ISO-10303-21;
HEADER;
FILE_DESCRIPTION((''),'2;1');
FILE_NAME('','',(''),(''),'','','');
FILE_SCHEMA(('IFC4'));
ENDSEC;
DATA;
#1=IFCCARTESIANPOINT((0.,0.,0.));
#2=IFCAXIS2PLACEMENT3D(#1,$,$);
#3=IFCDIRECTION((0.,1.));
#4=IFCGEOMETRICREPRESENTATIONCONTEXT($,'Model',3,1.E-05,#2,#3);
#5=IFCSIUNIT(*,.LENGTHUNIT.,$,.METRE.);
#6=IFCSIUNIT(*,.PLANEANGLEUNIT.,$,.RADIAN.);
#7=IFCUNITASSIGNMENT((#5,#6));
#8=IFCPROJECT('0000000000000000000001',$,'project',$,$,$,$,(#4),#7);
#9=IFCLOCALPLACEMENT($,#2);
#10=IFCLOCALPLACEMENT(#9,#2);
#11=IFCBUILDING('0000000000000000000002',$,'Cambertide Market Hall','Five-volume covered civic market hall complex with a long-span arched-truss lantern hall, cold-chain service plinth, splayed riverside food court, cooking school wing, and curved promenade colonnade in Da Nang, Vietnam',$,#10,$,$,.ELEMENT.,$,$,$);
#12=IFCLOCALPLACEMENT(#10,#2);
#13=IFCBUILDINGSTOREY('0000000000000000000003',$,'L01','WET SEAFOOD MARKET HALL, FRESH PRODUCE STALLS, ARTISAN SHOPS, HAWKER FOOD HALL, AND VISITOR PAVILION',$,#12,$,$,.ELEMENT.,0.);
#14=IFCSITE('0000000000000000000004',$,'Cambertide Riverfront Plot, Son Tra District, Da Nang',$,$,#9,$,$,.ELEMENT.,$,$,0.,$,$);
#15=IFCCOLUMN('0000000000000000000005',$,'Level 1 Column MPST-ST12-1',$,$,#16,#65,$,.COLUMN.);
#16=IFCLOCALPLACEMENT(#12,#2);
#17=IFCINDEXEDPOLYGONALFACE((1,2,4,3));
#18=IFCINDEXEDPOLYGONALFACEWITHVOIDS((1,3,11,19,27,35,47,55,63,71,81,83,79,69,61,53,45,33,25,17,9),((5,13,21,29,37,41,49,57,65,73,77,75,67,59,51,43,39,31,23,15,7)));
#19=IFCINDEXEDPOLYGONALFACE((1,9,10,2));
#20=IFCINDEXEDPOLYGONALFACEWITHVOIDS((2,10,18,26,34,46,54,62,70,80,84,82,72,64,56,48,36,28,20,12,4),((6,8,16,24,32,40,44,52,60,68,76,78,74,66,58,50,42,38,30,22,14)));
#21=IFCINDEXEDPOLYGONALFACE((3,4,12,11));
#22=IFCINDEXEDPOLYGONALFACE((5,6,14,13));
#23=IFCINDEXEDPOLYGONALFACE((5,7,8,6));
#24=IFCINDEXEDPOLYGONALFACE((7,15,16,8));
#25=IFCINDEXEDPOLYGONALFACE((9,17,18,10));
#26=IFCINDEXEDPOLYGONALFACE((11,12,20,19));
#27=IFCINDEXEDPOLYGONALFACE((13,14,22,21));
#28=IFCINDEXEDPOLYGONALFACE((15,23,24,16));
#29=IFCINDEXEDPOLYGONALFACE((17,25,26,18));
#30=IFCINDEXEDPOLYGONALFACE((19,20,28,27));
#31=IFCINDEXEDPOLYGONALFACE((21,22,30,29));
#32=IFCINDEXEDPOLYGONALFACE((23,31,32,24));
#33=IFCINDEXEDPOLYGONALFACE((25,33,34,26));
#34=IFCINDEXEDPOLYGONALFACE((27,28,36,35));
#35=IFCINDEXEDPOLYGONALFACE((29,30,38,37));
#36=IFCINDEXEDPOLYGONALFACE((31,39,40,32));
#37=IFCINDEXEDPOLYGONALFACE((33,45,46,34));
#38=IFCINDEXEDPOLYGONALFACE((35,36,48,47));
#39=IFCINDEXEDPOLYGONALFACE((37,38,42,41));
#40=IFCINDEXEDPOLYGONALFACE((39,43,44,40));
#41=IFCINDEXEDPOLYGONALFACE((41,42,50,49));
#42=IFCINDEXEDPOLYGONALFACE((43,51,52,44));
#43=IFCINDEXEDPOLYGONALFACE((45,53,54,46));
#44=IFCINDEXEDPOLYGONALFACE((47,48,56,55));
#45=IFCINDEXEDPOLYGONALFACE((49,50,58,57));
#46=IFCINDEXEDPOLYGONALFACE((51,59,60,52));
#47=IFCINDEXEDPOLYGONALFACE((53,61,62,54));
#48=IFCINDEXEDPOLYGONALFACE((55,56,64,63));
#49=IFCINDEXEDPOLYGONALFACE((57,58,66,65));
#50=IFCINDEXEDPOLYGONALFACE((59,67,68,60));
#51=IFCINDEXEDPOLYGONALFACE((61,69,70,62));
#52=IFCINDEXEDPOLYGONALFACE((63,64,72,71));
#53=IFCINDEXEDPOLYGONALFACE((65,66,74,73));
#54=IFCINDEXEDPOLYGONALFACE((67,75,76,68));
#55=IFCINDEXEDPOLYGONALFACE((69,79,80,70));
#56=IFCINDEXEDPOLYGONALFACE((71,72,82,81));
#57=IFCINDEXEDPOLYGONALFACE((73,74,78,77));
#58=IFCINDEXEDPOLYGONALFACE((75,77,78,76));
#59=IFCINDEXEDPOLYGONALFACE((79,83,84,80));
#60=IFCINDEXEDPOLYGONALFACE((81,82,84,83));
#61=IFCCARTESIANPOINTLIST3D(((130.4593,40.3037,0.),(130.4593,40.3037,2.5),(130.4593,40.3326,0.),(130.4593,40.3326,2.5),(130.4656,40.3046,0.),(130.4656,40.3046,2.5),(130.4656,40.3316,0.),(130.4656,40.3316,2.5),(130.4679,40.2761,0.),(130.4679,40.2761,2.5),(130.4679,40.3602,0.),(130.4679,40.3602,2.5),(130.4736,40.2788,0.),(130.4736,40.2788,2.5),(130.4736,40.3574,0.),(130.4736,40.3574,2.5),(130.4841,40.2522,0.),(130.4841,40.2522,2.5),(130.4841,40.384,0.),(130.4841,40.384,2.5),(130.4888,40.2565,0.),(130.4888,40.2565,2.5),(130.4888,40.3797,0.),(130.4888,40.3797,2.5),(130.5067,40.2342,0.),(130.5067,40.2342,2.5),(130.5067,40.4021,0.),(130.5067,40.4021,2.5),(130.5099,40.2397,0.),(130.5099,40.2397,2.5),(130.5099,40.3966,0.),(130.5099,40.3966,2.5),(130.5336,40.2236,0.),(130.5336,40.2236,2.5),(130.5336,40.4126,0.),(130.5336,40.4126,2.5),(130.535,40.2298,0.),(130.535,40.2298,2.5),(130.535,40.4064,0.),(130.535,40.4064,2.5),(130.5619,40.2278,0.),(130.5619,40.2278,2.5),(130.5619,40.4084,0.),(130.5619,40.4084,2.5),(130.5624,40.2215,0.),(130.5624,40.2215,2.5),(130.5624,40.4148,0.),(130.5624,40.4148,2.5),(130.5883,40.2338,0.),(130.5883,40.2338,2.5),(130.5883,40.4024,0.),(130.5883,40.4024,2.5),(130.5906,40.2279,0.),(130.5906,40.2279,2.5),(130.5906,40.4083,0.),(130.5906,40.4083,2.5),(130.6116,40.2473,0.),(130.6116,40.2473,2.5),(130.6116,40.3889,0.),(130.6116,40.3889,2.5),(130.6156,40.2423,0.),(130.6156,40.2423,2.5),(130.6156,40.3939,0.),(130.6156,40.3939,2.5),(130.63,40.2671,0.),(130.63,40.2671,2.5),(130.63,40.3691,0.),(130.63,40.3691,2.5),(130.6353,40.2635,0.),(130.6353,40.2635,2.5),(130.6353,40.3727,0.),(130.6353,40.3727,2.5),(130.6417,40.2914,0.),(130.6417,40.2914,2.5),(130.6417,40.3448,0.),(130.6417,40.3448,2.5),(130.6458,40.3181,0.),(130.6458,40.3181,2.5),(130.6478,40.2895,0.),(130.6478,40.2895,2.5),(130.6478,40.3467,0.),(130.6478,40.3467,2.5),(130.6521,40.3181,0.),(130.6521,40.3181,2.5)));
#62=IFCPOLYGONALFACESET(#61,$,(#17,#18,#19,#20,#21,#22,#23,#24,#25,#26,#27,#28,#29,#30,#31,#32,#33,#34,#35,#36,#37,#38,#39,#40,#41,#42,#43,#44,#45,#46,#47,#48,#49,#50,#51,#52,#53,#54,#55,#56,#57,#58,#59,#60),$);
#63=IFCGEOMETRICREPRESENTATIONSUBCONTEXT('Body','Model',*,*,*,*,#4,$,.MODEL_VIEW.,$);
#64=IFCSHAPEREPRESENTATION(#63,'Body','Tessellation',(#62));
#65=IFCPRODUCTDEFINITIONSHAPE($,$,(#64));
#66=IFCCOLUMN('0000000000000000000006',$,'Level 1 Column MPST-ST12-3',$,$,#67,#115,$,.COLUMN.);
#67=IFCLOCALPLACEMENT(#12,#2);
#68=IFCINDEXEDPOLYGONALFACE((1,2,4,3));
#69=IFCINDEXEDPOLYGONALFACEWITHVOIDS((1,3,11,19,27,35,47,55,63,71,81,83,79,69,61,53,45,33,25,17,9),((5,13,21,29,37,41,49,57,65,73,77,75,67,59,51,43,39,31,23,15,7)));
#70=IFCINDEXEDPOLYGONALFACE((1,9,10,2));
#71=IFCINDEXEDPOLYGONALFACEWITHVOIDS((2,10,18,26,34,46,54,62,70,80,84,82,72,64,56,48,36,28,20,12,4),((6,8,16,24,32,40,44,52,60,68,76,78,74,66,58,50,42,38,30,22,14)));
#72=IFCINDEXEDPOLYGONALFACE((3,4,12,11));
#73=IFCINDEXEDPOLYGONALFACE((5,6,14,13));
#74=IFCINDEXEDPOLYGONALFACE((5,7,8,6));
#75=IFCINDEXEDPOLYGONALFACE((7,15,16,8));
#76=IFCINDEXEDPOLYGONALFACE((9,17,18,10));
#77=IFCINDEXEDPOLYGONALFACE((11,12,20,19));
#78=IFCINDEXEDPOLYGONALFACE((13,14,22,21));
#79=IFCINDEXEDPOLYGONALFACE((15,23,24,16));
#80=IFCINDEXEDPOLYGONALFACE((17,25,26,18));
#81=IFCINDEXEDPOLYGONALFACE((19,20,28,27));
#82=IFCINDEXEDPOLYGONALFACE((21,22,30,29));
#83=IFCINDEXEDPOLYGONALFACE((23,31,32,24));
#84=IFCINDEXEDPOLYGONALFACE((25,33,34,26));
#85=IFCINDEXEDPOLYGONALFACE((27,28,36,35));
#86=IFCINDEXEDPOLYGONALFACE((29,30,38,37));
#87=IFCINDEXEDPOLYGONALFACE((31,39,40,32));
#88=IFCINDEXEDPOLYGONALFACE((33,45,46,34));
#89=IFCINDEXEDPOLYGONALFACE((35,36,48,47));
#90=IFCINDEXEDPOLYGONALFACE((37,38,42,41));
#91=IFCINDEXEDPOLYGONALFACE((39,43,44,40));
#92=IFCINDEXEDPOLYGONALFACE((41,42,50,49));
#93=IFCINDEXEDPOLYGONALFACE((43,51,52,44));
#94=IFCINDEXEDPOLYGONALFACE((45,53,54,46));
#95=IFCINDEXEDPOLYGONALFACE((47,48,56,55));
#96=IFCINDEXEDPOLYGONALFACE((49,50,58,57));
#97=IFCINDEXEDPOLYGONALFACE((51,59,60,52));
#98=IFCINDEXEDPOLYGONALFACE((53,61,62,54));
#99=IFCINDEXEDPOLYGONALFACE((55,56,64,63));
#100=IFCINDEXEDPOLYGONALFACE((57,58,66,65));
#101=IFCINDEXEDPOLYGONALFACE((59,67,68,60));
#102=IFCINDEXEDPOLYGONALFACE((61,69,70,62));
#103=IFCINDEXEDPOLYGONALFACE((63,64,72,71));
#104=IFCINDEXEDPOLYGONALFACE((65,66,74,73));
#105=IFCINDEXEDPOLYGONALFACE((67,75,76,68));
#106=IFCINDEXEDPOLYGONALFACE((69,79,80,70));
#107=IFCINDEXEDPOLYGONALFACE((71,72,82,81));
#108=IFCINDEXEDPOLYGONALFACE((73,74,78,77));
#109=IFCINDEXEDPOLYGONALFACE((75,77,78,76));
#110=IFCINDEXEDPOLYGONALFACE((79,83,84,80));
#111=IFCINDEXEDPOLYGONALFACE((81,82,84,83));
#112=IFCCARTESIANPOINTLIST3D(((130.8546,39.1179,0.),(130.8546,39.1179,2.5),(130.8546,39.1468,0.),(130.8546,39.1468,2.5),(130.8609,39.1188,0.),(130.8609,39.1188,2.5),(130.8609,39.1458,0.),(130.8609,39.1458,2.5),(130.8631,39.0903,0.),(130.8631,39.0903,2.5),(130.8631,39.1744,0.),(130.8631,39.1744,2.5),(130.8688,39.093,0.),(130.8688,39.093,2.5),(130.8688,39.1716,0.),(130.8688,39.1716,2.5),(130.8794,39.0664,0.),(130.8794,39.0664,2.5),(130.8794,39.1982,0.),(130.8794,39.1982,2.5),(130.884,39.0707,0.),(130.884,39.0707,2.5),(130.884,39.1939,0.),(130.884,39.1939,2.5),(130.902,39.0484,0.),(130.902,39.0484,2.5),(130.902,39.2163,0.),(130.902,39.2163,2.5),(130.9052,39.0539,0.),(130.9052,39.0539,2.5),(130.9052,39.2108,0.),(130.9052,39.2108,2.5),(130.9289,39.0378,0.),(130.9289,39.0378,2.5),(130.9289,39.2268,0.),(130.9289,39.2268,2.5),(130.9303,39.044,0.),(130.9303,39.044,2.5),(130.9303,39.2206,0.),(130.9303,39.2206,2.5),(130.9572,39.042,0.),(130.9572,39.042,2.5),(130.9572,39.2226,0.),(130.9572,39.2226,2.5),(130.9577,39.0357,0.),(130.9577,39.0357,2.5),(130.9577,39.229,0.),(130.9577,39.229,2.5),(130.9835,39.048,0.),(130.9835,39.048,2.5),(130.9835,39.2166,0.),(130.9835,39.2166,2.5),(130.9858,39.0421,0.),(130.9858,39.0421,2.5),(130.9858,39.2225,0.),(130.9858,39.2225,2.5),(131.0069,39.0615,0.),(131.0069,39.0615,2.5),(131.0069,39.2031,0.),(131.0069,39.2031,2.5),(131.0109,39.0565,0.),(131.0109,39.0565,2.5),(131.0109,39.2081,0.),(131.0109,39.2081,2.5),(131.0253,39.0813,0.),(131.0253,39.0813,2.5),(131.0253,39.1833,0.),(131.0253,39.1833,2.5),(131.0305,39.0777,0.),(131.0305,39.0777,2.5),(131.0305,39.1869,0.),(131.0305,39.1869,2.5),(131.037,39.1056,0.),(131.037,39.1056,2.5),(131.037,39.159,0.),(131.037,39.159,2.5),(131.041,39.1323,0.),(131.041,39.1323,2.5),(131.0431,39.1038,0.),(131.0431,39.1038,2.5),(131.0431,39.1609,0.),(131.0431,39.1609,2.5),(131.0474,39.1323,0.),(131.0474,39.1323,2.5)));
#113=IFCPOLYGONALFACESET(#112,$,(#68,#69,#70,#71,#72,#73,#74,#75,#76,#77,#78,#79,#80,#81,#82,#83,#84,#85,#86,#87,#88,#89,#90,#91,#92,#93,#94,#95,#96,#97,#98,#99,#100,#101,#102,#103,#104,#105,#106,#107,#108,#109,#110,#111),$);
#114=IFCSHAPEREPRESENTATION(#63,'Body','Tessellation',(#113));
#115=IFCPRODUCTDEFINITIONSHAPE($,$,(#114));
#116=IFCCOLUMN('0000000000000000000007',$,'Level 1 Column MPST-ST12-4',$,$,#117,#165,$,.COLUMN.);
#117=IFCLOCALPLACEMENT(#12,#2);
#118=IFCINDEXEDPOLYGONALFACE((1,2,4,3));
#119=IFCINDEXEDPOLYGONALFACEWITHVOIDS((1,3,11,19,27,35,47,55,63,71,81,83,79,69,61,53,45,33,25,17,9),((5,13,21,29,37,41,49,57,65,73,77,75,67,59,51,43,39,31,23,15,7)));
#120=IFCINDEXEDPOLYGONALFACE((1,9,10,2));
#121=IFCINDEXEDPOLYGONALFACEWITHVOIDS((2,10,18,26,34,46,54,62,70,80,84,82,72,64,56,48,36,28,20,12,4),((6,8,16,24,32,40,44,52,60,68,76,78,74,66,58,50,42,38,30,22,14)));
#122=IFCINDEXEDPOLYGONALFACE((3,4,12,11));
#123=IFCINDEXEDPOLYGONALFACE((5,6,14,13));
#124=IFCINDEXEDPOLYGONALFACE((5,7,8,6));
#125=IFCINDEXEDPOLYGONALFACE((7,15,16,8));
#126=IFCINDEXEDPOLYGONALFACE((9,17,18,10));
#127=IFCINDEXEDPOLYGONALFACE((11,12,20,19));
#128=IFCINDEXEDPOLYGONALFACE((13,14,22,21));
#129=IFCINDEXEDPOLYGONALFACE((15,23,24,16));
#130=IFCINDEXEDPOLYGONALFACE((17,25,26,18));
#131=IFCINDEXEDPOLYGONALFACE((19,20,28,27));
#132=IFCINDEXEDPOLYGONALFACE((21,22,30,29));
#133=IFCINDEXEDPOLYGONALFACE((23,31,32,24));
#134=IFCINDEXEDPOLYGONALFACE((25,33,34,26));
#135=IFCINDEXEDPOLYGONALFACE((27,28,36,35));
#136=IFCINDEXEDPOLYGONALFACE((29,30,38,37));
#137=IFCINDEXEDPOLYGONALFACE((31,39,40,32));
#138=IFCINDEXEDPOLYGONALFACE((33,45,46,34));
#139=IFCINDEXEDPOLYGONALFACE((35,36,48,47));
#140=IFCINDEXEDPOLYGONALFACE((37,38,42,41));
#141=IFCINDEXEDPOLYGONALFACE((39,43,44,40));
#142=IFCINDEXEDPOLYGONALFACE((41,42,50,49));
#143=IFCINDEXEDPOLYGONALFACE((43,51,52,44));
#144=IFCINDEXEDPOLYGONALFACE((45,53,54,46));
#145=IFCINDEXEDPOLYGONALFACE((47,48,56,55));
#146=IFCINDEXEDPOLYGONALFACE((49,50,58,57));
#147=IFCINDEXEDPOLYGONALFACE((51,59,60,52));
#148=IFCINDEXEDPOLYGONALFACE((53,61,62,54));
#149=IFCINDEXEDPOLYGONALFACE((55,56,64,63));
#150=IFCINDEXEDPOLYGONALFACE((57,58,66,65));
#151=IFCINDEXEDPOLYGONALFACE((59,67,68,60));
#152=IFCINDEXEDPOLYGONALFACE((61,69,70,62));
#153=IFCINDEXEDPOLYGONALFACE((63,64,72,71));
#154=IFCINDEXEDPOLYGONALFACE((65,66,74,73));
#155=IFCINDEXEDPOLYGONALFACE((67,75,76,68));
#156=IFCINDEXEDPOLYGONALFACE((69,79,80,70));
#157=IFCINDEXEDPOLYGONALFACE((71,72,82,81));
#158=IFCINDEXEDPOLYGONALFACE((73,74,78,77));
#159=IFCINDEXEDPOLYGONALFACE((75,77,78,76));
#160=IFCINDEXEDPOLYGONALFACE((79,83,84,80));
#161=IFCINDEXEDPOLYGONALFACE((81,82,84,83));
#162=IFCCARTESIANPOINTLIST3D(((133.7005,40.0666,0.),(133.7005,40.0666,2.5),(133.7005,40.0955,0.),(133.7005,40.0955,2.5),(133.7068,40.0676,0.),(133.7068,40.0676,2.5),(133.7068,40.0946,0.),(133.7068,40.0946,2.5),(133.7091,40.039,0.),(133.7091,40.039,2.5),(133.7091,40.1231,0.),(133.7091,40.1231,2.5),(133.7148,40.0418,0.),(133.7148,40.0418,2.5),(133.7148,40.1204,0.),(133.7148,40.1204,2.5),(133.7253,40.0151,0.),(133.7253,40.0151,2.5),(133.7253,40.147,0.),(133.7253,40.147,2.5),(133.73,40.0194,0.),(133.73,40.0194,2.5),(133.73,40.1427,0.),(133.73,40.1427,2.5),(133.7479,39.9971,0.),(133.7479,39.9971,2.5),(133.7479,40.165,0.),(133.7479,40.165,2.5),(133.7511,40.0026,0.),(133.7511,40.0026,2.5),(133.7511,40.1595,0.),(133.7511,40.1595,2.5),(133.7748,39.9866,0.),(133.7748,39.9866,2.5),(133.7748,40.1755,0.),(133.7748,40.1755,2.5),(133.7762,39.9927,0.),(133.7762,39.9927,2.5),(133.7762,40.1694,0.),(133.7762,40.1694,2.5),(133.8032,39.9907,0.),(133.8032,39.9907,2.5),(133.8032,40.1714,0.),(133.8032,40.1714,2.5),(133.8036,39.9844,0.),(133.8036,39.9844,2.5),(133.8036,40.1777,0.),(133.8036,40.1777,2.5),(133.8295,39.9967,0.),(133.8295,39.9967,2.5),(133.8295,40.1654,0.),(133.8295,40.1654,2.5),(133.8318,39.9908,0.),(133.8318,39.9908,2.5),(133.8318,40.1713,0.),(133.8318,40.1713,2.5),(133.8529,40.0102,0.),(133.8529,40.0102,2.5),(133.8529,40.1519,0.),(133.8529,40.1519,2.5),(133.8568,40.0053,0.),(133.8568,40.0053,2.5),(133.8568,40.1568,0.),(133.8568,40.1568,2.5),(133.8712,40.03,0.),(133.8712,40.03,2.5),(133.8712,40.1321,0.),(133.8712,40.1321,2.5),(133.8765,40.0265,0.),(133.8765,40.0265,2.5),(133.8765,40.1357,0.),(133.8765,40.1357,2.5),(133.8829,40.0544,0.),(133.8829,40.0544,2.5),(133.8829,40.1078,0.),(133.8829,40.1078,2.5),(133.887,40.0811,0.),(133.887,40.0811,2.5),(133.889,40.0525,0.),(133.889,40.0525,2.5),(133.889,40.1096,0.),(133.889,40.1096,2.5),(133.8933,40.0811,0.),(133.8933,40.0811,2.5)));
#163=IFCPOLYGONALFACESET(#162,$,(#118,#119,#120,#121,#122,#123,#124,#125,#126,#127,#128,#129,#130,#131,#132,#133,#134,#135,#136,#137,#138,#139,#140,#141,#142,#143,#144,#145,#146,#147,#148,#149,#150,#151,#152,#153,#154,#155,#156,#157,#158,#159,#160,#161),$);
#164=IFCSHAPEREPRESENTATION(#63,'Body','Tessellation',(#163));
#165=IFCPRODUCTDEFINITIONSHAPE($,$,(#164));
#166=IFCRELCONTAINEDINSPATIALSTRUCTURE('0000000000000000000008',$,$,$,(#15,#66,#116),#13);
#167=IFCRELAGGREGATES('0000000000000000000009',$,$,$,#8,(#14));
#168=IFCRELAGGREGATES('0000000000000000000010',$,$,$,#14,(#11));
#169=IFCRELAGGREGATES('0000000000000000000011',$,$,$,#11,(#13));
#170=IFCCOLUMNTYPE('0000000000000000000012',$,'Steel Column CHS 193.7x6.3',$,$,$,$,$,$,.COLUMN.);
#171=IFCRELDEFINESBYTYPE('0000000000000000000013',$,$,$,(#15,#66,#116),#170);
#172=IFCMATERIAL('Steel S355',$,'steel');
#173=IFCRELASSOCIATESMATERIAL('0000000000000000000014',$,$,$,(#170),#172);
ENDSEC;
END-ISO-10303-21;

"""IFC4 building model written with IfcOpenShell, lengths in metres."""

from ifc_helpers import new_model, si_unit, direction, frame, origin, origin_2d, place, context, subcontext, project, spatial, hollow_circle, extrude, material, material_profile, profile_set, type_object, element, save


model = new_model("IFC4")

# Units and contexts
model_context = context("Model", 3, precision=1e-05, world=origin(), true_north=direction((0.0, 1.0)))
body_context = subcontext(model_context, "Body", "Model", "MODEL_VIEW")
ifc_project = project(units=[si_unit("LENGTHUNIT", "METRE"), si_unit("PLANEANGLEUNIT", "RADIAN")], contexts=[model_context])

# Site, building, storey
site_placement = place(None, origin())
site = spatial("IfcSite", under=ifc_project, at=site_placement, Name="Cambertide Riverfront Plot, Son Tra District, Da Nang", CompositionType="ELEMENT", RefElevation=0.0)
building_placement = place(site_placement, origin())
building = spatial("IfcBuilding", under=site, at=building_placement, Name="Cambertide Market Hall", Description="Five-volume covered civic market hall complex with a long-span arched-truss lantern hall, cold-chain service plinth, splayed riverside food court, cooking school wing, and curved promenade colonnade in Da Nang, Vietnam", CompositionType="ELEMENT")
storey_placement = place(building_placement, origin())
storey = spatial("IfcBuildingStorey", under=building, at=storey_placement, Name="L01", Description="WET SEAFOOD MARKET HALL, FRESH PRODUCE STALLS, ARTISAN SHOPS, HAWKER FOOD HALL, AND VISITOR PAVILION", CompositionType="ELEMENT", Elevation=0.0)

# Columns
ifc_material_1 = material(Name="Steel S355", Category="steel")
ifc_material_profile_1 = material_profile(ifc_material_1, hollow_circle(Radius=0.0969, WallThickness=0.0063, at=origin_2d()), Name="CHS 193.7x6.3")
ifc_profile_set_1 = profile_set([ifc_material_profile_1], Name="Steel S355")
column_type_1 = type_object("IfcColumnType", Name="Steel Column CHS 193.7x6.3", PredefinedType="COLUMN", material=ifc_profile_set_1)
for number, where, z_axis, x_axis, name in (
    (1, (130.5552, 40.3181, 0.0), (0.0, 0.0, 1.0), (1.0, 0.0, 0.0), "Level 1 Column MPST-ST12-1"),
    (2, (130.9504, 39.1323, 0.0), (0.0, 0.0, 1.0), (1.0, 0.0, 0.0), "Level 1 Column MPST-ST12-3"),
    (3, (133.7964, 40.0811, 0.0), (0.0, 0.0, 1.0), (1.0, 0.0, 0.0), "Level 1 Column MPST-ST12-4"),
):
    element("IfcColumn", number, at=place(storey_placement, frame(where, z_axis=z_axis, x_axis=x_axis)), inside=storey, type_object=column_type_1, Name=name, PredefinedType="COLUMN", context=body_context, shape_type="SweptSolid", body=[
        extrude(hollow_circle(Radius=0.0969, WallThickness=0.0063, at=origin_2d()), origin(), (0.0, 0.0, 1.0), 2.5),
    ])

save(model, "model.ifc")
